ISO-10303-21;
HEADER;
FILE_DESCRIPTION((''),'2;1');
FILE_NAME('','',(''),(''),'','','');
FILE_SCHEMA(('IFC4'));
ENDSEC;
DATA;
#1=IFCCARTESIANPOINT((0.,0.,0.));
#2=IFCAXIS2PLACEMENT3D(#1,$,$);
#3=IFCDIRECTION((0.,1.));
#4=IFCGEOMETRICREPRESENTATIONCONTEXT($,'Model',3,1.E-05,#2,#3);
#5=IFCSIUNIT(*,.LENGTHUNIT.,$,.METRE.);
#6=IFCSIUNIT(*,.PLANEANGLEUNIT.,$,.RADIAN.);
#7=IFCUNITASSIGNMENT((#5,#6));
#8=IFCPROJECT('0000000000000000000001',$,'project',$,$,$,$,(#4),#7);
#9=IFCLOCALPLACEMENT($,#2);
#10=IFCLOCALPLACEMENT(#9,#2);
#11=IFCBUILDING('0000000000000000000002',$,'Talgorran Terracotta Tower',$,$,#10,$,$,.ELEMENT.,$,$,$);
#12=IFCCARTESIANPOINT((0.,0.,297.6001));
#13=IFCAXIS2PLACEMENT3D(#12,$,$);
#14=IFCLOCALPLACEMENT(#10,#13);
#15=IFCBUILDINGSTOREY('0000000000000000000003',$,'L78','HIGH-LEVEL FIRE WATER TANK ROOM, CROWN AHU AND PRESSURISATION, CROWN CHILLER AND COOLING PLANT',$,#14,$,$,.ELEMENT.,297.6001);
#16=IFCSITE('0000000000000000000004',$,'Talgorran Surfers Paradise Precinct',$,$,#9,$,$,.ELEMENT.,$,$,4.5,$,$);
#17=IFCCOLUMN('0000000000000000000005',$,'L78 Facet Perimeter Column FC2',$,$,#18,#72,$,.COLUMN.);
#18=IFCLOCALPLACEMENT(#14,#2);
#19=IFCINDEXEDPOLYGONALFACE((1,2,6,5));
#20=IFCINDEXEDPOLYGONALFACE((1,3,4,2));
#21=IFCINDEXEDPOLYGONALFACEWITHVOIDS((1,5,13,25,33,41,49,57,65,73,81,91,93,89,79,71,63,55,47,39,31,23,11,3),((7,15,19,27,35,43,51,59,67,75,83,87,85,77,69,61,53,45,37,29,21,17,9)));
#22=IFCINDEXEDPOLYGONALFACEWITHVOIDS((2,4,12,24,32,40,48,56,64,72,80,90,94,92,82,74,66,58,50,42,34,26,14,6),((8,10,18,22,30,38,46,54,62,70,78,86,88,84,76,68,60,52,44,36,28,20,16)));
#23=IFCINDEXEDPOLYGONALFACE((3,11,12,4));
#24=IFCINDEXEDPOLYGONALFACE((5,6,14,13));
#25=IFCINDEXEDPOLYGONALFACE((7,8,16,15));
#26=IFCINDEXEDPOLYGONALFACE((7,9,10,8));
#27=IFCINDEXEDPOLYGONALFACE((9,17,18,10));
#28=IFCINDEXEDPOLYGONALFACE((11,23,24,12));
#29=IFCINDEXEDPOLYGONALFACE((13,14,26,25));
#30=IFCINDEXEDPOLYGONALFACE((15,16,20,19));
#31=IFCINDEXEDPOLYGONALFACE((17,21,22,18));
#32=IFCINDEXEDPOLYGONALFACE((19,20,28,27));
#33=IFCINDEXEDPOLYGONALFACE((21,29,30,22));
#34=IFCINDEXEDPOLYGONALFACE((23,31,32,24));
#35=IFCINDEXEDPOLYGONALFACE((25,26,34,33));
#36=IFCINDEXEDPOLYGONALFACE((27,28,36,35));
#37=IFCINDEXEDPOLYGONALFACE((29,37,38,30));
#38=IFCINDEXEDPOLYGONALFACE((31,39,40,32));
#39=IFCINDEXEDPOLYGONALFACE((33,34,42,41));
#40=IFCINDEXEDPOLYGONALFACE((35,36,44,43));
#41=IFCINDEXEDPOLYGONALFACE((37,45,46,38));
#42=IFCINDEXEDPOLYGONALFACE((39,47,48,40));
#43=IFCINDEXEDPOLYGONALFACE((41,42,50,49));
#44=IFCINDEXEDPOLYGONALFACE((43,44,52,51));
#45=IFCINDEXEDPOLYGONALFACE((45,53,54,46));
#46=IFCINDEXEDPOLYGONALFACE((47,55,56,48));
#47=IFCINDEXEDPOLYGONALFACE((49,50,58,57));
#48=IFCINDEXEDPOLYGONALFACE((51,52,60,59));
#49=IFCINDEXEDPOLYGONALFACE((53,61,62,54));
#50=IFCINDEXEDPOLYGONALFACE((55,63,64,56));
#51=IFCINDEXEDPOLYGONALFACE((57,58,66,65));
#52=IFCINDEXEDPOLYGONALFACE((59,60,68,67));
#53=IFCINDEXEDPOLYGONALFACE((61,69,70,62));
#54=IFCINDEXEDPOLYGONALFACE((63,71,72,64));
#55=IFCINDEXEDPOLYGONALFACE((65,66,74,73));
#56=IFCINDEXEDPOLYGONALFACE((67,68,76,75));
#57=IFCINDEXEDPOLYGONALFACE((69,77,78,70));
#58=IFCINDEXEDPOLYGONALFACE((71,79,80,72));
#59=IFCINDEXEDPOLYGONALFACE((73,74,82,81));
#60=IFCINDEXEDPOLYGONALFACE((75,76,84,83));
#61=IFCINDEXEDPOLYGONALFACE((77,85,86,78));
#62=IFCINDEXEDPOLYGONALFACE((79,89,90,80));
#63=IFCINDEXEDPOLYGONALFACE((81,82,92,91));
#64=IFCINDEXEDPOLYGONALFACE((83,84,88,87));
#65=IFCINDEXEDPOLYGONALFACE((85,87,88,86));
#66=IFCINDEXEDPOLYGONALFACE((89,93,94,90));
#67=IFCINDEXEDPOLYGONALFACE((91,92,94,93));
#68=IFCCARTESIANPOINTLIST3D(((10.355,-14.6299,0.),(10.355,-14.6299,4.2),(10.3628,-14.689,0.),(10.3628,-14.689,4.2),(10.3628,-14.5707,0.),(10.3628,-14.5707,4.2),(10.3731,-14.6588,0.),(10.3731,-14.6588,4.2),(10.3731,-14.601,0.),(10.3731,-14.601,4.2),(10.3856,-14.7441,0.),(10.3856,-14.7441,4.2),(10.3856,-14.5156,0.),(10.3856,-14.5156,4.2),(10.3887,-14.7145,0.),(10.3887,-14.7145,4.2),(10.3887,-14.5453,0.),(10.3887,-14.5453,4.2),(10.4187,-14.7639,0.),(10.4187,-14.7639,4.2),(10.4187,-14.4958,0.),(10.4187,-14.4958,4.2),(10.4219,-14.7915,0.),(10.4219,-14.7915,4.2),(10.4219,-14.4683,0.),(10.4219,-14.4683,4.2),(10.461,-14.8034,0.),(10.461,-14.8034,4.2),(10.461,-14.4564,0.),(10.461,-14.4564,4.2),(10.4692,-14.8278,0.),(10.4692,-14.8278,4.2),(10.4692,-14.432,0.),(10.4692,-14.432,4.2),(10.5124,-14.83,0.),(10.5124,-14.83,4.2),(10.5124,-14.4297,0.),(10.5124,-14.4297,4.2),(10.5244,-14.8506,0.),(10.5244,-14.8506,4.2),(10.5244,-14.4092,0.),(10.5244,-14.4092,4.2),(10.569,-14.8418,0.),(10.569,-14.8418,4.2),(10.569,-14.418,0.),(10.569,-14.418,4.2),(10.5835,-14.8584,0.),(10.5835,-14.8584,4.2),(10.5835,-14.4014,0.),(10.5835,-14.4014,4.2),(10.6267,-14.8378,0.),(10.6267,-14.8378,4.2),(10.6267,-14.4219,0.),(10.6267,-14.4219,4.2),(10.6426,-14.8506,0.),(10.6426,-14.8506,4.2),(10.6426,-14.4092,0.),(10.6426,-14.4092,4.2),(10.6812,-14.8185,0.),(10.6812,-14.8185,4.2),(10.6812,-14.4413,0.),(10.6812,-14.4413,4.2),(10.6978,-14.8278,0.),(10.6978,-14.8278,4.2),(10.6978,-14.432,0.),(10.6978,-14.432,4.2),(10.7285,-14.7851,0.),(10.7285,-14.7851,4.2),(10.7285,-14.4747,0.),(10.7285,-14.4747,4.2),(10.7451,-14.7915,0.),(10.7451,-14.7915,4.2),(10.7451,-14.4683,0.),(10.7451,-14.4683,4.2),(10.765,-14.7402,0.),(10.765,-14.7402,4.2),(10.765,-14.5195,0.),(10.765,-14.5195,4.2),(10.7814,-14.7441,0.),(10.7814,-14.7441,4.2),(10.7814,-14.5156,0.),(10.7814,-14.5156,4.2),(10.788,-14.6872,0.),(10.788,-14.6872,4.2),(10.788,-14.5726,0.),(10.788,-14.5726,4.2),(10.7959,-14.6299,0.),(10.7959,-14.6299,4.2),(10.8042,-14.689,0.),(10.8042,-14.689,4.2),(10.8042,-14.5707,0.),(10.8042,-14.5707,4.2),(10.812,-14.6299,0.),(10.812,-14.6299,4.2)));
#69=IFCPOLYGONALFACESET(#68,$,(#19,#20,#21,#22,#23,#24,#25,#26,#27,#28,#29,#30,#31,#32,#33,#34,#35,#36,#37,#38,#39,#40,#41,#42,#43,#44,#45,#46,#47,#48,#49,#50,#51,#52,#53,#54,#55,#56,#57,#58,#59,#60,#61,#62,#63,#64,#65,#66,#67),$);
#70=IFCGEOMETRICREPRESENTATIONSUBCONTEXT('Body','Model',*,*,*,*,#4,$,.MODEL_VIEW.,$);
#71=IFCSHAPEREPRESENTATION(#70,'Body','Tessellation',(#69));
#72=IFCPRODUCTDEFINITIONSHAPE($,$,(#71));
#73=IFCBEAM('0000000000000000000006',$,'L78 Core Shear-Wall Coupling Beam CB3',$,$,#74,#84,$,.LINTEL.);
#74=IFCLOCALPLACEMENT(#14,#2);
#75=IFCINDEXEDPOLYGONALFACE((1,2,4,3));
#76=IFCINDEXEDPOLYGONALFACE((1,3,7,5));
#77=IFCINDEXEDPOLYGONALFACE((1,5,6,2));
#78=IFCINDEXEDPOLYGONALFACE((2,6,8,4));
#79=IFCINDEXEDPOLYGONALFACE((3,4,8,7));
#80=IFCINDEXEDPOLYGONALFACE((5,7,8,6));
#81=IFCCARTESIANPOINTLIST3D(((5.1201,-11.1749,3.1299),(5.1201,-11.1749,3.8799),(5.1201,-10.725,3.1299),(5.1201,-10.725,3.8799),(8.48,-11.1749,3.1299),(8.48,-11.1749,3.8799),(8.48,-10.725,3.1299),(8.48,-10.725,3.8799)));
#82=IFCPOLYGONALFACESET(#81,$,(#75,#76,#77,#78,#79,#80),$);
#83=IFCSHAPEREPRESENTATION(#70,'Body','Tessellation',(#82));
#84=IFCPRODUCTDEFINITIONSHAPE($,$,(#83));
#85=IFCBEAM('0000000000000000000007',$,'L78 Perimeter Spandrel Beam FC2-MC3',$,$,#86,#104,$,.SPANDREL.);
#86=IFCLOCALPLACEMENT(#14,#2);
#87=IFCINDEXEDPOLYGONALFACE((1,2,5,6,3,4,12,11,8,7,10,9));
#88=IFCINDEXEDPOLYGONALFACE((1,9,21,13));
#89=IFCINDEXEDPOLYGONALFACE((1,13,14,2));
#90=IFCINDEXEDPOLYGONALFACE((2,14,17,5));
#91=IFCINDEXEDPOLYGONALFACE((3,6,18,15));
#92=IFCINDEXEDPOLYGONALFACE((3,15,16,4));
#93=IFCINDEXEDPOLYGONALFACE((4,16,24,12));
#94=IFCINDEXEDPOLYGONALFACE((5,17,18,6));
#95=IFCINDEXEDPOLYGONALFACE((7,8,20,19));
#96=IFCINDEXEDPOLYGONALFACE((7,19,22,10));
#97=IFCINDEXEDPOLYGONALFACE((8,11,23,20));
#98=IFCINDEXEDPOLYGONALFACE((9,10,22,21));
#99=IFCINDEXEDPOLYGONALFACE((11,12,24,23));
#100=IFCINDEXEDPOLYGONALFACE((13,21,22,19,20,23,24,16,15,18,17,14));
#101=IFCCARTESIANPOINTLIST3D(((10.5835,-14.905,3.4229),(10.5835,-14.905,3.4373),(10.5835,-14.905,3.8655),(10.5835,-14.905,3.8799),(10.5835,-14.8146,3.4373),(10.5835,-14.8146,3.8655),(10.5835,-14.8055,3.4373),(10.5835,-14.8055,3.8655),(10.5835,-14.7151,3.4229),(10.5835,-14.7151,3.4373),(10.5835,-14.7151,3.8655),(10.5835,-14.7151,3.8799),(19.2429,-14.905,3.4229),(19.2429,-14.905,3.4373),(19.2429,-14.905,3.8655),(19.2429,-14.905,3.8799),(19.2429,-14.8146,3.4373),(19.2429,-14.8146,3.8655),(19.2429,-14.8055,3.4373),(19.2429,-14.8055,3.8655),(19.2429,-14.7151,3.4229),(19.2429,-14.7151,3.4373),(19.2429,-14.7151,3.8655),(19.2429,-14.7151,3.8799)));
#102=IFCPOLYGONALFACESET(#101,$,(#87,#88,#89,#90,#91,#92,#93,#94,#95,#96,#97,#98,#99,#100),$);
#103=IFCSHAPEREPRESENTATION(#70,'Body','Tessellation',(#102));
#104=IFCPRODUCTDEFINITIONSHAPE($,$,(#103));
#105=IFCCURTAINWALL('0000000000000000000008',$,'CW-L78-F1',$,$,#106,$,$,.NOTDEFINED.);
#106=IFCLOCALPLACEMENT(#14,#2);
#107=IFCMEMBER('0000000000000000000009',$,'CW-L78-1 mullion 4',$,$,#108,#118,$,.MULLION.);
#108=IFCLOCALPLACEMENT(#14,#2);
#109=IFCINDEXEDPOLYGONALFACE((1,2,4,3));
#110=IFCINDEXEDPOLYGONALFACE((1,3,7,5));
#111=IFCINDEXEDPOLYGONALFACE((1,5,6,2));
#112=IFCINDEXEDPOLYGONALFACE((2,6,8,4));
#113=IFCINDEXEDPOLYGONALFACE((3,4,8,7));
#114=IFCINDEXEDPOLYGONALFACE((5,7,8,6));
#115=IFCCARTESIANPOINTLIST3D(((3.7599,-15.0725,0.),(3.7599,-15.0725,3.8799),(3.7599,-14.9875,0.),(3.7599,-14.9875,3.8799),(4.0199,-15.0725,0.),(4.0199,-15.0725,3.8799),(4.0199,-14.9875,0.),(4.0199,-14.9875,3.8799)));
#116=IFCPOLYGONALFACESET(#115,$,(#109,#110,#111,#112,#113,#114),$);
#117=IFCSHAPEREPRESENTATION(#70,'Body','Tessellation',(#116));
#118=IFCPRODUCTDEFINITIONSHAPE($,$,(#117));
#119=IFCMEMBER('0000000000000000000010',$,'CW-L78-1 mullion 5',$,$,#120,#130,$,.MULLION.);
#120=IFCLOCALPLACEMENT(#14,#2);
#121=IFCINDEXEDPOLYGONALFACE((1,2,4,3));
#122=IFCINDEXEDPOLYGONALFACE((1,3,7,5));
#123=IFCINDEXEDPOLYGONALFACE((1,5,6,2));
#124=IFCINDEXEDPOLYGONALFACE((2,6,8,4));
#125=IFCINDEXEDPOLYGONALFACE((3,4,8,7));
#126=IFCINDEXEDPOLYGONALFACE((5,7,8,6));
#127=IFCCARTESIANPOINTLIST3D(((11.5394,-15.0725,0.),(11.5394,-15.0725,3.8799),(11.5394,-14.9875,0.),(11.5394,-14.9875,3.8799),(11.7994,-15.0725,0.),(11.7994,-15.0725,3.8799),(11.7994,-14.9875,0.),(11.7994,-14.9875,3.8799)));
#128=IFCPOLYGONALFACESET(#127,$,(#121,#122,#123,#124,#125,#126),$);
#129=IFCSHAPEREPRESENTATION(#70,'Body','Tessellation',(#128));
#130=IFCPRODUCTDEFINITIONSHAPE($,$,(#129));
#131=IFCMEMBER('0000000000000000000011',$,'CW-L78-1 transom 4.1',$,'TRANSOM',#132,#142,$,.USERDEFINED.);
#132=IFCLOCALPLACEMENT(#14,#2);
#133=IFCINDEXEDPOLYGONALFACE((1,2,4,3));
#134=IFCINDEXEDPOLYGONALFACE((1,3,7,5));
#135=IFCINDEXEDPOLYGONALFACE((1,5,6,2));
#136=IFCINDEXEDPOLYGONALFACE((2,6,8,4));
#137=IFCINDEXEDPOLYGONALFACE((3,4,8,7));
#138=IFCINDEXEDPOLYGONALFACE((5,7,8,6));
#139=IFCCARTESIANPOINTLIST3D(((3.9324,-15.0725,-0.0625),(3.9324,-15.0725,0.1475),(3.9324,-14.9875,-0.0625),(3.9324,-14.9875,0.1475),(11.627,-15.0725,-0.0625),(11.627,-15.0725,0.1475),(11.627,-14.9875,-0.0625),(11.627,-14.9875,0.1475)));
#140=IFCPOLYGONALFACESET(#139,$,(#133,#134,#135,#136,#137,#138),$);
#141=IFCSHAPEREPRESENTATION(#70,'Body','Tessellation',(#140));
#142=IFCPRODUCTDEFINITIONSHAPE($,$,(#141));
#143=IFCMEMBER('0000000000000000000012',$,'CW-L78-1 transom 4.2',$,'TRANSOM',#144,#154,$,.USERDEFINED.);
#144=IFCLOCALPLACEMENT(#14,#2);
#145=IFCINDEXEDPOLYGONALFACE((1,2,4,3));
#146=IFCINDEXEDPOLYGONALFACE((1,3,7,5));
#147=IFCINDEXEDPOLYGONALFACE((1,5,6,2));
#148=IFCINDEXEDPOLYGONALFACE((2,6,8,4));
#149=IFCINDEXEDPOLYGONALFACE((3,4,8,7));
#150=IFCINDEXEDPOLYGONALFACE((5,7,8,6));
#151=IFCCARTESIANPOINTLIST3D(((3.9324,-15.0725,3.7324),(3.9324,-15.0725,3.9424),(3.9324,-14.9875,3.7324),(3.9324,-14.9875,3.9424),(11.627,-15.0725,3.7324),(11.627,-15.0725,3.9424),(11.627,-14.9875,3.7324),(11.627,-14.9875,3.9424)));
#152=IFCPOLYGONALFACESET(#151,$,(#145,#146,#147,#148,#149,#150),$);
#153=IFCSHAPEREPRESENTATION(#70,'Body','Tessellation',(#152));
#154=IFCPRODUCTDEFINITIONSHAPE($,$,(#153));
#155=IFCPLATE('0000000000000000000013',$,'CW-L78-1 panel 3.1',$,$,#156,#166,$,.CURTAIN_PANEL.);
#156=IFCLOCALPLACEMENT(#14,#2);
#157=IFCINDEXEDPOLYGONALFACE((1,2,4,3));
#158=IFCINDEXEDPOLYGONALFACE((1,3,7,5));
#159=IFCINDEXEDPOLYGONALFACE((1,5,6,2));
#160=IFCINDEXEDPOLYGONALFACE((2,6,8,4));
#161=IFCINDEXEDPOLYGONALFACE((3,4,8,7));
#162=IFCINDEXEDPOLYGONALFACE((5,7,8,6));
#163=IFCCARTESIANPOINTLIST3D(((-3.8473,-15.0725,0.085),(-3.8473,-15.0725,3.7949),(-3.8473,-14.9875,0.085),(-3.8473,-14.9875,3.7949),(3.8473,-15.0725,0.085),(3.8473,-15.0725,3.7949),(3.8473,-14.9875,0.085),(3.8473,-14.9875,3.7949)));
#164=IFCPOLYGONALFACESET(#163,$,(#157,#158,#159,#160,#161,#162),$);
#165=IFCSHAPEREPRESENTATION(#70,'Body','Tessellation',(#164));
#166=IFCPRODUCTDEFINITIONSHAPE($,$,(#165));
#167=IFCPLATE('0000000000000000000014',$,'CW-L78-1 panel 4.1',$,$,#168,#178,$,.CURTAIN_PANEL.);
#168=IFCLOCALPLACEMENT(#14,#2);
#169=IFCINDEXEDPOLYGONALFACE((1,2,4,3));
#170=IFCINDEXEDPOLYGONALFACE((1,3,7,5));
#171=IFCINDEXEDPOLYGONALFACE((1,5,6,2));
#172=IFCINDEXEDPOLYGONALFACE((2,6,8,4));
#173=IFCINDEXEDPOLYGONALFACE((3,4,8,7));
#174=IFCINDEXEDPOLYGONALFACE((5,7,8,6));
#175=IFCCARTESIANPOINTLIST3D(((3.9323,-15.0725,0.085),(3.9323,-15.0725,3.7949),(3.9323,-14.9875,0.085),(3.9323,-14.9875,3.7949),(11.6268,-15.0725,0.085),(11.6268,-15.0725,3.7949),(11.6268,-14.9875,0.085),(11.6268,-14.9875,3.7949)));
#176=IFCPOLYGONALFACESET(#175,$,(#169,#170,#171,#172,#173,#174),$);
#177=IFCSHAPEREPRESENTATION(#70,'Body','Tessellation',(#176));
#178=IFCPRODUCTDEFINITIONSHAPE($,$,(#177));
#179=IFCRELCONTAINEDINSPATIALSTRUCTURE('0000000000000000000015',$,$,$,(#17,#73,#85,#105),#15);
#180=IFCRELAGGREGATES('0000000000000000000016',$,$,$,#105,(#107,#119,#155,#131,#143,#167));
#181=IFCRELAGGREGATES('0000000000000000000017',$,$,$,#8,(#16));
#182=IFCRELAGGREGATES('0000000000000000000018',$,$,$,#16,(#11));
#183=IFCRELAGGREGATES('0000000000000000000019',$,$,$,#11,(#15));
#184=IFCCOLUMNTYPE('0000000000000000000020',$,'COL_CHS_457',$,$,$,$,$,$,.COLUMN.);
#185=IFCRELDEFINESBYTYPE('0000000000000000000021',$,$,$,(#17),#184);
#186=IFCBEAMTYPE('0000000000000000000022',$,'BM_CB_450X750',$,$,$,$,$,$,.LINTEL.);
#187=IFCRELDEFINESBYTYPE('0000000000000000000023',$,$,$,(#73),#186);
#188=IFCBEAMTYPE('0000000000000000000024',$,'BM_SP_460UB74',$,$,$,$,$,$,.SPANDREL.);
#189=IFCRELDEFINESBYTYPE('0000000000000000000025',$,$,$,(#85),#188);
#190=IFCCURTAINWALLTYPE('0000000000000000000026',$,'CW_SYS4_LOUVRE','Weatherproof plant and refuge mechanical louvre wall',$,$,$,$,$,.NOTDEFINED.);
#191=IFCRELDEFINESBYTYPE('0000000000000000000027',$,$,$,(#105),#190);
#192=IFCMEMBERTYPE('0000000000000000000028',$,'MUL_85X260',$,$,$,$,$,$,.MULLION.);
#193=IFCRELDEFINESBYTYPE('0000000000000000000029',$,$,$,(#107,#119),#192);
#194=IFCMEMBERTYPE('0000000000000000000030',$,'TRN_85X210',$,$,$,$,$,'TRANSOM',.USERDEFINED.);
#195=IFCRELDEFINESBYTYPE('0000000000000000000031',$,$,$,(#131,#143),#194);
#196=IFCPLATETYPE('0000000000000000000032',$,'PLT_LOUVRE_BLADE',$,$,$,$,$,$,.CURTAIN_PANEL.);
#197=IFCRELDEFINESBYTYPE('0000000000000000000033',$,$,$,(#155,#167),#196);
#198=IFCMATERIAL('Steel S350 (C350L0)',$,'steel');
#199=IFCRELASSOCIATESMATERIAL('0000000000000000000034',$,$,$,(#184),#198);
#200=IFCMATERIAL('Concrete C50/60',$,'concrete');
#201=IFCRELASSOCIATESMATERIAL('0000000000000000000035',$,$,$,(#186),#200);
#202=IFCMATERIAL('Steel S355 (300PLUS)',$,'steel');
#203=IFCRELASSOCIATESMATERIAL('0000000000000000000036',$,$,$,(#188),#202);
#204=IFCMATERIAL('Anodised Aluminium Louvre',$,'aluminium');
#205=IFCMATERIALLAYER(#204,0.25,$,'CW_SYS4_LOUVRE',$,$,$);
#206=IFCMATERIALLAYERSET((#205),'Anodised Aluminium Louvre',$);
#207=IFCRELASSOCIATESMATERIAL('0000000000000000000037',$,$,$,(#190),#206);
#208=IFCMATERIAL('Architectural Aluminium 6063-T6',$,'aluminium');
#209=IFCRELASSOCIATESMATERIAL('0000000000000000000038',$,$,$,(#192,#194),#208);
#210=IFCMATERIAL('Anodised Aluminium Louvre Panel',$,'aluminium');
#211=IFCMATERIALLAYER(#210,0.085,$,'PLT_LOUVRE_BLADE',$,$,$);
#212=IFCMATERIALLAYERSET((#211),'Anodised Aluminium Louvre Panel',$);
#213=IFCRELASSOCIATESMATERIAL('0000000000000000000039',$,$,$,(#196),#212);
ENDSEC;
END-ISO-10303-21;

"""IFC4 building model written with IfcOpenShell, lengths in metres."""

from ifc_helpers import new_model, si_unit, direction, frame, origin, origin_2d, place, context, subcontext, project, spatial, rectangle, hollow_circle, i_section, extrude, source, transform, mapped, material, layer, layer_set, material_profile, profile_set, type_object, type_shapes, element, aggregate, save


model = new_model("IFC4")

# Units and contexts
model_context = context("Model", 3, precision=1e-05, world=origin(), true_north=direction((0.0, 1.0)))
body_context = subcontext(model_context, "Body", "Model", "MODEL_VIEW")
ifc_project = project(units=[si_unit("LENGTHUNIT", "METRE"), si_unit("PLANEANGLEUNIT", "RADIAN")], contexts=[model_context])

# Site, building, storey
site_placement = place(None, origin())
site = spatial("IfcSite", under=ifc_project, at=site_placement, Name="Talgorran Surfers Paradise Precinct", CompositionType="ELEMENT", RefElevation=4.5)
building_placement = place(site_placement, origin())
building = spatial("IfcBuilding", under=site, at=building_placement, Name="Talgorran Terracotta Tower", CompositionType="ELEMENT")
storey_placement = place(building_placement, frame((0.0, 0.0, 297.6001)))
storey = spatial("IfcBuildingStorey", under=building, at=storey_placement, Name="L78", Description="HIGH-LEVEL FIRE WATER TANK ROOM, CROWN AHU AND PRESSURISATION, CROWN CHILLER AND COOLING PLANT", CompositionType="ELEMENT", Elevation=297.6001)

# Column
ifc_material_1 = material(Name="Steel S350 (C350L0)", Category="steel")
ifc_material_profile_1 = material_profile(ifc_material_1, hollow_circle(Radius=0.2285, WallThickness=0.0161, at=origin_2d()), Name="CHS457X16")
ifc_profile_set_1 = profile_set([ifc_material_profile_1], Name="Steel S350 (C350L0)")
column_type = type_object("IfcColumnType", Name="COL_CHS_457", PredefinedType="COLUMN", material=ifc_profile_set_1)
column_placement = place(storey_placement, frame((10.5835, -14.6299, 0.0), z_axis=(0.0, 0.0, 1.0), x_axis=(1.0, 0.0, 0.0)))
element("IfcColumn", 1, at=column_placement, inside=storey, type_object=column_type, Name="L78 Facet Perimeter Column FC2", PredefinedType="COLUMN", context=body_context, shape_type="SweptSolid", body=[
    extrude(hollow_circle(Radius=0.2285, WallThickness=0.0161, at=origin_2d()), origin(), (0.0, 0.0, 1.0), 4.2),
])

# Beams
ifc_material_2 = material(Name="Concrete C50/60", Category="concrete")
ifc_material_profile_2 = material_profile(ifc_material_2, rectangle(XDim=0.45, YDim=0.75, at=origin_2d()), Name="RCCB450X750")
ifc_profile_set_2 = profile_set([ifc_material_profile_2], Name="Concrete C50/60")
beam_type_1 = type_object("IfcBeamType", Name="BM_CB_450X750", PredefinedType="LINTEL", material=ifc_profile_set_2)
beam_1_placement = place(storey_placement, frame((5.1201, -10.95, 3.5049), z_axis=(1.0, 0.0, 0.0), x_axis=(0.0, 1.0, 0.0)))
element("IfcBeam", 2, at=beam_1_placement, inside=storey, type_object=beam_type_1, Name="L78 Core Shear-Wall Coupling Beam CB3", PredefinedType="LINTEL", context=body_context, shape_type="SweptSolid", body=[
    extrude(rectangle(XDim=0.45, YDim=0.75, at=origin_2d()), origin(), (0.0, 0.0, 1.0), 3.3599),
])
ifc_material_3 = material(Name="Steel S355 (300PLUS)", Category="steel")
ifc_material_profile_3 = material_profile(ifc_material_3, i_section(OverallWidth=0.1899, OverallDepth=0.457, WebThickness=0.009, FlangeThickness=0.0144, at=origin_2d()), Name="460UB74.6")
ifc_profile_set_3 = profile_set([ifc_material_profile_3], Name="Steel S355 (300PLUS)")
beam_type_2 = type_object("IfcBeamType", Name="BM_SP_460UB74", PredefinedType="SPANDREL", material=ifc_profile_set_3)
beam_2_placement = place(storey_placement, frame((10.5835, -14.8101, 3.6514), z_axis=(1.0, 0.0, 0.0), x_axis=(0.0, 1.0, 0.0)))
element("IfcBeam", 3, at=beam_2_placement, inside=storey, type_object=beam_type_2, Name="L78 Perimeter Spandrel Beam FC2-MC3", PredefinedType="SPANDREL", context=body_context, shape_type="SweptSolid", body=[
    extrude(i_section(OverallWidth=0.1899, OverallDepth=0.457, WebThickness=0.009, FlangeThickness=0.0144, at=origin_2d()), origin(), (0.0, 0.0, 1.0), 8.6594),
])

# Curtain wall, members, plates
ifc_material_4 = material(Name="Anodised Aluminium Louvre", Category="aluminium")
ifc_layer_1 = layer(ifc_material_4, 0.25, Name="CW_SYS4_LOUVRE")
ifc_layer_set_1 = layer_set([ifc_layer_1], Name="Anodised Aluminium Louvre")
curtain_wall_type = type_object("IfcCurtainWallType", Name="CW_SYS4_LOUVRE", Description="Weatherproof plant and refuge mechanical louvre wall", PredefinedType="NOTDEFINED", material=ifc_layer_set_1)
curtain_wall_placement = place(storey_placement, origin())
curtain_wall = element("IfcCurtainWall", 4, at=curtain_wall_placement, inside=storey, type_object=curtain_wall_type, Name="CW-L78-F1", PredefinedType="NOTDEFINED")
ifc_material_5 = material(Name="Architectural Aluminium 6063-T6", Category="aluminium")
ifc_material_profile_4 = material_profile(ifc_material_5, rectangle(XDim=0.085, YDim=0.26, at=origin_2d()), Name="CWM85X260")
ifc_profile_set_4 = profile_set([ifc_material_profile_4], Name="Architectural Aluminium 6063-T6")
member_type_1 = type_object("IfcMemberType", Name="MUL_85X260", PredefinedType="MULLION", material=ifc_profile_set_4)
member_1_placement = place(storey_placement, frame((3.8899, -15.03, 0.0), z_axis=(0.0, 0.0, 1.0), x_axis=(0.0, 1.0, 0.0)))
member_1 = element("IfcMember", 5, at=member_1_placement, type_object=member_type_1, Name="CW-L78-1 mullion 4", PredefinedType="MULLION", context=body_context, shape_type="SweptSolid", body=[
    extrude(rectangle(XDim=0.085, YDim=0.26, at=origin_2d()), origin(), (0.0, 0.0, 1.0), 3.8799),
])
member_2_placement = place(storey_placement, frame((11.6694, -15.03, 0.0), z_axis=(0.0, 0.0, 1.0), x_axis=(0.0, 1.0, 0.0)))
member_2 = element("IfcMember", 6, at=member_2_placement, type_object=member_type_1, Name="CW-L78-1 mullion 5", PredefinedType="MULLION", context=body_context, shape_type="SweptSolid", body=[
    extrude(rectangle(XDim=0.085, YDim=0.26, at=origin_2d()), origin(), (0.0, 0.0, 1.0), 3.8799),
])
ifc_material_profile_5 = material_profile(ifc_material_5, rectangle(XDim=0.085, YDim=0.21, at=origin_2d()), Name="CWT85X210")
ifc_profile_set_5 = profile_set([ifc_material_profile_5], Name="Architectural Aluminium 6063-T6")
member_type_2 = type_object("IfcMemberType", Name="TRN_85X210", ElementType="TRANSOM", PredefinedType="USERDEFINED", material=ifc_profile_set_5)
member_3_placement = place(storey_placement, frame((3.9324, -15.03, 0.0425), z_axis=(1.0, 0.0, 0.0), x_axis=(0.0, 1.0, 0.0)))
member_3 = element("IfcMember", 7, at=member_3_placement, type_object=member_type_2, Name="CW-L78-1 transom 4.1", ObjectType="TRANSOM", PredefinedType="USERDEFINED", context=body_context, shape_type="SweptSolid", body=[
    extrude(rectangle(XDim=0.085, YDim=0.21, at=origin_2d()), origin(), (0.0, 0.0, 1.0), 7.6946),
])
member_4_placement = place(storey_placement, frame((3.9324, -15.03, 3.8374), z_axis=(1.0, 0.0, 0.0), x_axis=(0.0, 1.0, 0.0)))
member_4 = element("IfcMember", 8, at=member_4_placement, type_object=member_type_2, Name="CW-L78-1 transom 4.2", ObjectType="TRANSOM", PredefinedType="USERDEFINED", context=body_context, shape_type="SweptSolid", body=[
    extrude(rectangle(XDim=0.085, YDim=0.21, at=origin_2d()), origin(), (0.0, 0.0, 1.0), 7.6946),
])
ifc_material_6 = material(Name="Anodised Aluminium Louvre Panel", Category="aluminium")
ifc_layer_2 = layer(ifc_material_6, 0.085, Name="PLT_LOUVRE_BLADE")
ifc_layer_set_2 = layer_set([ifc_layer_2], Name="Anodised Aluminium Louvre Panel")
plate_type = type_object("IfcPlateType", Name="PLT_LOUVRE_BLADE", PredefinedType="CURTAIN_PANEL", material=ifc_layer_set_2)
shared_shape = source(origin(), body_context, "Body", "SweptSolid", [
    extrude(rectangle(XDim=7.6946, YDim=0.085, at=origin_2d()), origin(), (0.0, 0.0, 1.0), 3.71),
])
type_shapes(plate_type, [shared_shape])
plate_1_placement = place(storey_placement, frame((0.0, -15.03, 0.085), z_axis=(0.0, 0.0, 1.0), x_axis=(1.0, 0.0, 0.0)))
plate_1 = element("IfcPlate", 9, at=plate_1_placement, type_object=plate_type, Name="CW-L78-1 panel 3.1", PredefinedType="CURTAIN_PANEL", context=body_context, shape_type="MappedRepresentation", body=[
    mapped(shared_shape, transform((0.0, 0.0, 0.0), scale=1.0)),
])
plate_2_placement = place(storey_placement, frame((7.7795, -15.03, 0.085), z_axis=(0.0, 0.0, 1.0), x_axis=(1.0, 0.0, 0.0)))
plate_2 = element("IfcPlate", 10, at=plate_2_placement, type_object=plate_type, Name="CW-L78-1 panel 4.1", PredefinedType="CURTAIN_PANEL", context=body_context, shape_type="MappedRepresentation", body=[
    mapped(shared_shape, transform((0.0, 0.0, 0.0), scale=1.0)),
])
aggregate(curtain_wall, [member_1, member_2, plate_1, member_3, member_4, plate_2])

save(model, "model.ifc")
